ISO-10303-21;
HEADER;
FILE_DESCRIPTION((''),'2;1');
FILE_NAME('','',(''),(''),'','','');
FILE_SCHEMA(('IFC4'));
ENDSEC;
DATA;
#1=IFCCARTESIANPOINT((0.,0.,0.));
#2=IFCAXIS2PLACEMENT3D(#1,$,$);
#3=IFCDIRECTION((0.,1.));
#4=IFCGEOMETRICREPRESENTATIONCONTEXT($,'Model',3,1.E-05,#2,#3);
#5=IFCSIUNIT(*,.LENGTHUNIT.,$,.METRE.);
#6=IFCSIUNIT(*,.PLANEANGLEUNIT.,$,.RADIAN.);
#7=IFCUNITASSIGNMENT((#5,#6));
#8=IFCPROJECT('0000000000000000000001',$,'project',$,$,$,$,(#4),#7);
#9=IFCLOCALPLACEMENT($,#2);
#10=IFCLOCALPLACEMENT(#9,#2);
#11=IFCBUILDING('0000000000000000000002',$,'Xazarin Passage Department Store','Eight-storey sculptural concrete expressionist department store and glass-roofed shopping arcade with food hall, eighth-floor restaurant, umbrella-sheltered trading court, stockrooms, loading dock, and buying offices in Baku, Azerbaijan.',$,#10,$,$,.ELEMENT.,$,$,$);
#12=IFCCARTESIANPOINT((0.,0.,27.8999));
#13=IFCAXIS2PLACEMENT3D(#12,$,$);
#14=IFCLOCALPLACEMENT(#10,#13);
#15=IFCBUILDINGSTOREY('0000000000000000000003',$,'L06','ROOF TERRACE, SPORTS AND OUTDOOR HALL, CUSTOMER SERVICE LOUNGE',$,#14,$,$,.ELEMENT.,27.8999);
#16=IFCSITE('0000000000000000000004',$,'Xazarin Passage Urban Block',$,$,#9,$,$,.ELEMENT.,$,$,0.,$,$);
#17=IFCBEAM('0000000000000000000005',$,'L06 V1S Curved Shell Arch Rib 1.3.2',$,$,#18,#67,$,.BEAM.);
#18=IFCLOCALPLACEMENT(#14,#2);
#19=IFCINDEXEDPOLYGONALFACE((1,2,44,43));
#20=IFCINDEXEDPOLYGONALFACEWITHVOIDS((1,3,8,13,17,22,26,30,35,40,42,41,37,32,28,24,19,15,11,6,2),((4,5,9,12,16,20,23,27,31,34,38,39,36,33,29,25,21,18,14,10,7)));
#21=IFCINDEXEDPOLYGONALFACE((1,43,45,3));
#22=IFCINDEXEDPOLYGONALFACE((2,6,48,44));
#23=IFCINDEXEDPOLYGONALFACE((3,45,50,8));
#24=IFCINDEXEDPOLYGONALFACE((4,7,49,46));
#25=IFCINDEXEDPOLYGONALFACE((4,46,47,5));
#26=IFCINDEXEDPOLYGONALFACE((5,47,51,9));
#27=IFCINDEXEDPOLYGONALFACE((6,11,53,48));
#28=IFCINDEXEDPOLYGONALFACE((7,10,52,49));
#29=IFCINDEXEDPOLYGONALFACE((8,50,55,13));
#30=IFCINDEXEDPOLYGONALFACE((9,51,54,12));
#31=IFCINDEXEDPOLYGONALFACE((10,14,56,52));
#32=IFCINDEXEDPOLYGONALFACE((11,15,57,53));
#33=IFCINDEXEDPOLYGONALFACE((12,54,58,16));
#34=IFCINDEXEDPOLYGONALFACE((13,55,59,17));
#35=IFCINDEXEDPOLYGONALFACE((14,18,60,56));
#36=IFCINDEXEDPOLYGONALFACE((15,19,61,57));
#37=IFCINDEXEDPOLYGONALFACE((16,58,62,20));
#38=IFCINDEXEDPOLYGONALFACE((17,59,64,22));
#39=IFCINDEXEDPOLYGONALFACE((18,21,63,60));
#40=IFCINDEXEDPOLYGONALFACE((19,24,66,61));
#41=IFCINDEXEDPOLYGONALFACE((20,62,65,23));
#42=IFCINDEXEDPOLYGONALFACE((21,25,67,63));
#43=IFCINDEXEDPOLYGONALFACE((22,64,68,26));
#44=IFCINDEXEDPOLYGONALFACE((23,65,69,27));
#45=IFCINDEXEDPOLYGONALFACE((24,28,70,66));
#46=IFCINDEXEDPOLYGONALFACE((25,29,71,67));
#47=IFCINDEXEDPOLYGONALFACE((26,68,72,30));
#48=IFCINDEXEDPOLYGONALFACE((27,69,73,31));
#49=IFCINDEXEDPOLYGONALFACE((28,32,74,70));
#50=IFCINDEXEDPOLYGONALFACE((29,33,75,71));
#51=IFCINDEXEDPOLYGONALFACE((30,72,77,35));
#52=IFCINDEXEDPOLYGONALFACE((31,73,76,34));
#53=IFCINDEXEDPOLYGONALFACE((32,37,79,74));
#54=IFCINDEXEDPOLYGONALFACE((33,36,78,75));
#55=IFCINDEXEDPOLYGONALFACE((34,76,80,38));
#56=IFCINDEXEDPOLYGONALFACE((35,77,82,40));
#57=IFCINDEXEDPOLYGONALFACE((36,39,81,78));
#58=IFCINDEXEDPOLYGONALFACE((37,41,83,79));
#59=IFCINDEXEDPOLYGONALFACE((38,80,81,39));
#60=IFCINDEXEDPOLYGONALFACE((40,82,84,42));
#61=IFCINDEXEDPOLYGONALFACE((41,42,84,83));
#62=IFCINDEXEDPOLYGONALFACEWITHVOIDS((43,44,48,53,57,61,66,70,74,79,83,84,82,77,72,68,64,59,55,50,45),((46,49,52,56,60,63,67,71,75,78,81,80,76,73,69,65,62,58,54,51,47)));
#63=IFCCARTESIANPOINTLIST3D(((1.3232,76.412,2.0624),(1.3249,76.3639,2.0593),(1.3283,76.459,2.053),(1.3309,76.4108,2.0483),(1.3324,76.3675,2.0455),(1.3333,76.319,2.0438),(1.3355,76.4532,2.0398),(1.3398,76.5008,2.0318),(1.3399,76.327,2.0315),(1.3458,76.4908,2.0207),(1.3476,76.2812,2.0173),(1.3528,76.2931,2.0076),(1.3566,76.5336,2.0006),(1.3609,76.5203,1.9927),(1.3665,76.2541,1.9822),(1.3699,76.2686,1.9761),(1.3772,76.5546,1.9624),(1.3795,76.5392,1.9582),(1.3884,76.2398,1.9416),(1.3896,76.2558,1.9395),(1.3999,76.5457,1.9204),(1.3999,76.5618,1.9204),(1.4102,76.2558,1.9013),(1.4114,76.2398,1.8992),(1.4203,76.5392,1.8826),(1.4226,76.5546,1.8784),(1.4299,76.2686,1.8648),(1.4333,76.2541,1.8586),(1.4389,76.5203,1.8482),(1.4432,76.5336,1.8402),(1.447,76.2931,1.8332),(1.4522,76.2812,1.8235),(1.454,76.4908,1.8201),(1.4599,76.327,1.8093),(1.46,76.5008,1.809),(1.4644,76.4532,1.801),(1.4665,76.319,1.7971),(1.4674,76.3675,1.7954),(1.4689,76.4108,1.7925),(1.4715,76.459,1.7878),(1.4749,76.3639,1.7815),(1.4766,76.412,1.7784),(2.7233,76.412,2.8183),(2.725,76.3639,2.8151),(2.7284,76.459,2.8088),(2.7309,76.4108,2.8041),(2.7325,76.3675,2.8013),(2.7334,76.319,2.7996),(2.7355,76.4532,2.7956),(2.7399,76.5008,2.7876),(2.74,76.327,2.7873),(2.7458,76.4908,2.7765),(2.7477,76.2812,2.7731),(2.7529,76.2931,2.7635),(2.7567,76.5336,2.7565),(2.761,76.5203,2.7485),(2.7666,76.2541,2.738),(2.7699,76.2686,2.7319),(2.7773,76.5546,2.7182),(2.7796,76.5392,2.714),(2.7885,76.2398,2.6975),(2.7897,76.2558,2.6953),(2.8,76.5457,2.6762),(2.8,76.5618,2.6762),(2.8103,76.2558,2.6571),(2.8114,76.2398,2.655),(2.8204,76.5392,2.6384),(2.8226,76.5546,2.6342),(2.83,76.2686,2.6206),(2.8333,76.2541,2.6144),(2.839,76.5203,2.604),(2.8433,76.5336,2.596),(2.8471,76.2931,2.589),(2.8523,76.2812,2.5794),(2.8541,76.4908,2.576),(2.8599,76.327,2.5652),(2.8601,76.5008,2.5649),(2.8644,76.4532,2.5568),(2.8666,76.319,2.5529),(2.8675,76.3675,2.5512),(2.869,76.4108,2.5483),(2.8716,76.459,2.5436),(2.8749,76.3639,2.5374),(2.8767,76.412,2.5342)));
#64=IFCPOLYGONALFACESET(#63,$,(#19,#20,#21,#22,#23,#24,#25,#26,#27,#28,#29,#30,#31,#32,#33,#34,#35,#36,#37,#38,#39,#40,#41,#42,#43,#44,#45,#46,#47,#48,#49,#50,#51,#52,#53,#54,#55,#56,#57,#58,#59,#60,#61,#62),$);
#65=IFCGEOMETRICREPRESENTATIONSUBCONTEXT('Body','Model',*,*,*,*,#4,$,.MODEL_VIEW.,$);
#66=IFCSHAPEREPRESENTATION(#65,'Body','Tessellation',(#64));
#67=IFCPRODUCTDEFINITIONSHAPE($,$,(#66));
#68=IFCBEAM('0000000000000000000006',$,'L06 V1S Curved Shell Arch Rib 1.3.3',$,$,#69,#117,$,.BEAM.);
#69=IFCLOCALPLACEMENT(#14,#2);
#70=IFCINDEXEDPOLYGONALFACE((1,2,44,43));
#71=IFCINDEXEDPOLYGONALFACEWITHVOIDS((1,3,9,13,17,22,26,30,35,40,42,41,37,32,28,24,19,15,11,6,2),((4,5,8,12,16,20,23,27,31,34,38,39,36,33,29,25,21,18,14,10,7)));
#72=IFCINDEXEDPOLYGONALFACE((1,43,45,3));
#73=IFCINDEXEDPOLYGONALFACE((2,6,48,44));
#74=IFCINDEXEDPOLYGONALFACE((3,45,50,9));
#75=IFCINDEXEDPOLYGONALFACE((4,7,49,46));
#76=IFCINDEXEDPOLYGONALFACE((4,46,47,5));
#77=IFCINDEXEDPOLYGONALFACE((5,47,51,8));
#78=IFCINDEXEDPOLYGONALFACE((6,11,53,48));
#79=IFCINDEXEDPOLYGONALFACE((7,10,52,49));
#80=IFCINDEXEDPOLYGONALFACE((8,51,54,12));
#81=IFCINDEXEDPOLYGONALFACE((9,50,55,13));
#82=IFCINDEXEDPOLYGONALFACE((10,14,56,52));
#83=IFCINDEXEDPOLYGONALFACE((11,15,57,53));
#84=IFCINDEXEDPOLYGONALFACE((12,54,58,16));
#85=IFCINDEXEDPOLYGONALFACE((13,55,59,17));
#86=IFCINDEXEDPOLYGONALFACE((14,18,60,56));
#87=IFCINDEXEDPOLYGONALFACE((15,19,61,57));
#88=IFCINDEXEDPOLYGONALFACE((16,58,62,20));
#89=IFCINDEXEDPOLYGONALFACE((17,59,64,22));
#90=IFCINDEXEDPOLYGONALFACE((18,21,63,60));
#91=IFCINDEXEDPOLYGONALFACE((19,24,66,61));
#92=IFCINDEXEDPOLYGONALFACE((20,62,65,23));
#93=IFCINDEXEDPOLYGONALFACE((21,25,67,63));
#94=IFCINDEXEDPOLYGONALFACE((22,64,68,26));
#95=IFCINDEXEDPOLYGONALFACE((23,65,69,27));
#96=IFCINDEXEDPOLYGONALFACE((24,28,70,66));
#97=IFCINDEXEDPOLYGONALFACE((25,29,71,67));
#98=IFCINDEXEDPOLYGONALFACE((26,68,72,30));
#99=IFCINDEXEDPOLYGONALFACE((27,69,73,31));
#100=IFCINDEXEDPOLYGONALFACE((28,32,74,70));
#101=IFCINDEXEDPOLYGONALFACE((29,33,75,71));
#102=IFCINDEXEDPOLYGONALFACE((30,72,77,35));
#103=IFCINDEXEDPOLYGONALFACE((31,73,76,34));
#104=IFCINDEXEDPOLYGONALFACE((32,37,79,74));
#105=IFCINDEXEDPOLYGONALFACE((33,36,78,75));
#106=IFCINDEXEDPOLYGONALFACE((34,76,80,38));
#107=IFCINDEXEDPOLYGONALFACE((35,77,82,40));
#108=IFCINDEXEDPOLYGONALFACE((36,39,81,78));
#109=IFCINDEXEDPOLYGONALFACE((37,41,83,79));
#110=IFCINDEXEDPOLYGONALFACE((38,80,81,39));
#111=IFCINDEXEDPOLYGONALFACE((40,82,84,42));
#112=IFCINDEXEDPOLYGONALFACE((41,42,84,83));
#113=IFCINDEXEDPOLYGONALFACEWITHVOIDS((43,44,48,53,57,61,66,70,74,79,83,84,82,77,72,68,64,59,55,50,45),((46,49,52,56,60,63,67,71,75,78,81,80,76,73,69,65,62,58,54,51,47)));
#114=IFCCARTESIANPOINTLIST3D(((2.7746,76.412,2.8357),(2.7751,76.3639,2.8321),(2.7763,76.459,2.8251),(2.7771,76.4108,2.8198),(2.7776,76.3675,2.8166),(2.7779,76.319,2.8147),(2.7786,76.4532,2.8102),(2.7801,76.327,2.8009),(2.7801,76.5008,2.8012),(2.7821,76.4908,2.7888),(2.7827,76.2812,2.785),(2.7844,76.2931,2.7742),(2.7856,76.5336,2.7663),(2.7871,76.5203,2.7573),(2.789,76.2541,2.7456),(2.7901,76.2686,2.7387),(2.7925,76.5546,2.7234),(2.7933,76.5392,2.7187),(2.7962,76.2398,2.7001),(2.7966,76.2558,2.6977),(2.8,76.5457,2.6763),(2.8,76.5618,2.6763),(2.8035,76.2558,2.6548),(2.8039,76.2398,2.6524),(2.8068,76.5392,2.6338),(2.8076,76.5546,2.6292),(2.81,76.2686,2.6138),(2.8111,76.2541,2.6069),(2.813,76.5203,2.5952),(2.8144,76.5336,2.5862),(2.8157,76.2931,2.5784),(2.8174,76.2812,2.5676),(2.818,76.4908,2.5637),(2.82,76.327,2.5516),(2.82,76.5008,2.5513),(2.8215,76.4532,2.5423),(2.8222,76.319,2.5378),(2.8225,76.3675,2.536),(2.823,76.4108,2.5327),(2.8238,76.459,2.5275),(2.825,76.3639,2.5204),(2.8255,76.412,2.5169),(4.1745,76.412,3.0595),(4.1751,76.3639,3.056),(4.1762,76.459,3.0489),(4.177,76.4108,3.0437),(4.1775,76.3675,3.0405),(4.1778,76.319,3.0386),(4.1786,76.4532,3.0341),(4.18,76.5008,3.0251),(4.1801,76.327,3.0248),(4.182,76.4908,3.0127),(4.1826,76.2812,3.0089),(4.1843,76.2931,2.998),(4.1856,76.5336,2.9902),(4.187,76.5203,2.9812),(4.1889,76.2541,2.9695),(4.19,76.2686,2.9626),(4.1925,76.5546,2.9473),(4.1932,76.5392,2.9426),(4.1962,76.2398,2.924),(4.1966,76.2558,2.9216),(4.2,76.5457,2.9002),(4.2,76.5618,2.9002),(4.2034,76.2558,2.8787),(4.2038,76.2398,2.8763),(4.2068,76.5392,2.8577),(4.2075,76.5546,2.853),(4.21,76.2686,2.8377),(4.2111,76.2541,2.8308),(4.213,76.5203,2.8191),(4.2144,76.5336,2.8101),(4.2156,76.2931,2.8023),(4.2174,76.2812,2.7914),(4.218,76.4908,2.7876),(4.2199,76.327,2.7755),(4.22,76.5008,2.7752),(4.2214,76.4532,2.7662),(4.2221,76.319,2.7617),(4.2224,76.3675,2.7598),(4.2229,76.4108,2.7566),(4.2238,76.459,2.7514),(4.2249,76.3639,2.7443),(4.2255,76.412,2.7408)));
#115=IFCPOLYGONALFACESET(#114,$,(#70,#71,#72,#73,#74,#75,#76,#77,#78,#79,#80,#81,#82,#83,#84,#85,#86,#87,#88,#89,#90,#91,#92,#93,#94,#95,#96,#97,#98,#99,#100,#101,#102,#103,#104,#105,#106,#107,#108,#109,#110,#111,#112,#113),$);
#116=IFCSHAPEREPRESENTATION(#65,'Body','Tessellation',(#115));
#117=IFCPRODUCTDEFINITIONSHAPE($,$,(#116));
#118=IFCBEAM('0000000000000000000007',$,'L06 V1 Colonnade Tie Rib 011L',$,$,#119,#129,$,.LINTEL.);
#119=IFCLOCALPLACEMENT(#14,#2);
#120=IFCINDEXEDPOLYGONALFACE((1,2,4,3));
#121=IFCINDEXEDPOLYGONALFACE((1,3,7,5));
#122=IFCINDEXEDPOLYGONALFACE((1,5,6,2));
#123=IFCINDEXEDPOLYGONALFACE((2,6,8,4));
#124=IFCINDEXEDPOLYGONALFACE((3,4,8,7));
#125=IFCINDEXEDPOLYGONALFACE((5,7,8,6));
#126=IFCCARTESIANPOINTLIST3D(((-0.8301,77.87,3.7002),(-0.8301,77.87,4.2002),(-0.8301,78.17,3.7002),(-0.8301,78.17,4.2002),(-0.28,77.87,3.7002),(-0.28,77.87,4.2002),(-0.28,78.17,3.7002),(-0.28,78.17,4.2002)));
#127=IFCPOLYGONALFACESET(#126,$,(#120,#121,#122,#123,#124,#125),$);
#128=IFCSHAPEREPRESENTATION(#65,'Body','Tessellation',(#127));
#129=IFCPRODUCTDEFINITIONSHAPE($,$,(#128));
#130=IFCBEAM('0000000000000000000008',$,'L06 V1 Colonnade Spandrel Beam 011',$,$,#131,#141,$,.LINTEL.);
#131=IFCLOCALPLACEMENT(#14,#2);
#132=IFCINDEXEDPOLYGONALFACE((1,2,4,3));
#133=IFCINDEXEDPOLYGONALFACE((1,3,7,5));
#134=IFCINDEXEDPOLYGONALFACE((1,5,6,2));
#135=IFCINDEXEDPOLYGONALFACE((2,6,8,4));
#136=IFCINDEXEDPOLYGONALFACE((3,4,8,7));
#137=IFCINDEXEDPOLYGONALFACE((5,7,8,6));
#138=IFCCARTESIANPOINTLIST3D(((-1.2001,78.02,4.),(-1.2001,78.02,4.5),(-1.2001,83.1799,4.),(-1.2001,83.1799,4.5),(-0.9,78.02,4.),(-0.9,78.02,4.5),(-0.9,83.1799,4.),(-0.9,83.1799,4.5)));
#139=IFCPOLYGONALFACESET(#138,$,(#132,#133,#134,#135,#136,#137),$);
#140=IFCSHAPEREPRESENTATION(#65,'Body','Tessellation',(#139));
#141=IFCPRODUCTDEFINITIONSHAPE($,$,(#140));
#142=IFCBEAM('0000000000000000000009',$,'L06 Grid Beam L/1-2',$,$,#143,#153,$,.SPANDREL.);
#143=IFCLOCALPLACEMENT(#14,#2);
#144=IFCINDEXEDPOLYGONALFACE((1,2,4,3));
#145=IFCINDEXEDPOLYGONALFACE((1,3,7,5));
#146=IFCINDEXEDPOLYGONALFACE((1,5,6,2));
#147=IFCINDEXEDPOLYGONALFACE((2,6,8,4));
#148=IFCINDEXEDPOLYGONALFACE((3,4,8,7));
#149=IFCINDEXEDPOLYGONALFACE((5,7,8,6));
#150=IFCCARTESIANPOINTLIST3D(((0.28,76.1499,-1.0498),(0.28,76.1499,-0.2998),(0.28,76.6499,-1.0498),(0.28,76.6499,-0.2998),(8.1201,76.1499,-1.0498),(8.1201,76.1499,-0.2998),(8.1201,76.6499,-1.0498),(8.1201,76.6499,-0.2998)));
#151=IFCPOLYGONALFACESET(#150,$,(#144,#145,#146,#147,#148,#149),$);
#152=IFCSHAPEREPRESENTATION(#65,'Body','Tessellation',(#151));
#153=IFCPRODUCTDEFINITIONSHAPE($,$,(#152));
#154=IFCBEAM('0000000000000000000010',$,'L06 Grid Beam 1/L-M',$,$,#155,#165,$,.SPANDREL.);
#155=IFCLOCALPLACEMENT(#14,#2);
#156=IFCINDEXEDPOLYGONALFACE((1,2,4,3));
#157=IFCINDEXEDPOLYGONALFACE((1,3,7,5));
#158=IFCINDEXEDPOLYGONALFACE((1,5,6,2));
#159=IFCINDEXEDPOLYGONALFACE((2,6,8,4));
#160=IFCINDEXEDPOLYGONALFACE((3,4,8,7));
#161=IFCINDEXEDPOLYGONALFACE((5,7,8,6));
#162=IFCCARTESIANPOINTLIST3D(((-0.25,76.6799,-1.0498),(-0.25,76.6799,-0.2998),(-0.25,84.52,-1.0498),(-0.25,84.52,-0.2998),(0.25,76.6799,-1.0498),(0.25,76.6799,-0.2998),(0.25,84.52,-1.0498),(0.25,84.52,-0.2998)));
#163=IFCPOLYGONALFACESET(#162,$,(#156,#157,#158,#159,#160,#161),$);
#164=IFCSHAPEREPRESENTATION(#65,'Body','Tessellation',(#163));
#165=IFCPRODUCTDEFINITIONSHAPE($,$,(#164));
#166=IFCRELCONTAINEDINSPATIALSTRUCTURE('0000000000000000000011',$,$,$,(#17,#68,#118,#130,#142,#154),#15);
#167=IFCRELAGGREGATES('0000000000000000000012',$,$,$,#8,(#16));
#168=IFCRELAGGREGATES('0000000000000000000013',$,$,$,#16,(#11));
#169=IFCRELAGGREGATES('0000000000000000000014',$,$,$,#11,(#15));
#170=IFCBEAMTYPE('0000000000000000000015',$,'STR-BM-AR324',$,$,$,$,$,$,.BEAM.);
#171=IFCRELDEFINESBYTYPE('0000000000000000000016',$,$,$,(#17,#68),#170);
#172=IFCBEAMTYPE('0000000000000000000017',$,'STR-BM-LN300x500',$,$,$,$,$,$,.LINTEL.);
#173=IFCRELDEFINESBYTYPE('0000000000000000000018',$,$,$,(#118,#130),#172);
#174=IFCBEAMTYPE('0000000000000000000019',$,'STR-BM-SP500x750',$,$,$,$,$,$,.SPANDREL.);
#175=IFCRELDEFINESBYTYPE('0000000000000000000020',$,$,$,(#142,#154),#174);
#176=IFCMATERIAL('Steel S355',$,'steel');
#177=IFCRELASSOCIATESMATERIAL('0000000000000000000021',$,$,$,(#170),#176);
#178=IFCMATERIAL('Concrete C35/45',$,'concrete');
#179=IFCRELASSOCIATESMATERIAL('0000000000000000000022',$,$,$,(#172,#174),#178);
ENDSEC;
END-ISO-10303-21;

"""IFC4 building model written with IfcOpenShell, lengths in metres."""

from ifc_helpers import new_model, si_unit, direction, frame, origin, origin_2d, place, context, subcontext, project, spatial, rectangle, hollow_circle, extrude, material, material_profile, profile_set, type_object, element, save


model = new_model("IFC4")

# Units and contexts
model_context = context("Model", 3, precision=1e-05, world=origin(), true_north=direction((0.0, 1.0)))
body_context = subcontext(model_context, "Body", "Model", "MODEL_VIEW")
ifc_project = project(units=[si_unit("LENGTHUNIT", "METRE"), si_unit("PLANEANGLEUNIT", "RADIAN")], contexts=[model_context])

# Site, building, storey
site_placement = place(None, origin())
site = spatial("IfcSite", under=ifc_project, at=site_placement, Name="Xazarin Passage Urban Block", CompositionType="ELEMENT", RefElevation=0.0)
building_placement = place(site_placement, origin())
building = spatial("IfcBuilding", under=site, at=building_placement, Name="Xazarin Passage Department Store", Description="Eight-storey sculptural concrete expressionist department store and glass-roofed shopping arcade with food hall, eighth-floor restaurant, umbrella-sheltered trading court, stockrooms, loading dock, and buying offices in Baku, Azerbaijan.", CompositionType="ELEMENT")
storey_placement = place(building_placement, frame((0.0, 0.0, 27.8999)))
storey = spatial("IfcBuildingStorey", under=building, at=storey_placement, Name="L06", Description="ROOF TERRACE, SPORTS AND OUTDOOR HALL, CUSTOMER SERVICE LOUNGE", CompositionType="ELEMENT", Elevation=27.8999)

# Beams
ifc_material_1 = material(Name="Steel S355", Category="steel")
ifc_material_profile_1 = material_profile(ifc_material_1, hollow_circle(Radius=0.1619, WallThickness=0.0161, at=origin_2d()), Name="CHS 323.9x16")
ifc_profile_set_1 = profile_set([ifc_material_profile_1], Name="Steel S355")
beam_type_1 = type_object("IfcBeamType", Name="STR-BM-AR324", PredefinedType="BEAM", material=ifc_profile_set_1)
beam_1_placement = place(storey_placement, frame((1.3999, 76.3999, 1.9204), z_axis=(0.879963, 0.0, 0.475042), x_axis=(0.0, 1.0, 0.0)))
element("IfcBeam", 1, at=beam_1_placement, inside=storey, type_object=beam_type_1, Name="L06 V1S Curved Shell Arch Rib 1.3.2", PredefinedType="BEAM", context=body_context, shape_type="SweptSolid", body=[
    extrude(hollow_circle(Radius=0.1619, WallThickness=0.0161, at=origin_2d()), origin(), (0.0, 0.0, 1.0), 1.5911),
])
beam_2_placement = place(storey_placement, frame((2.8, 76.3999, 2.6763), z_axis=(0.987452, 0.0, 0.157917), x_axis=(0.0, 1.0, 0.0)))
element("IfcBeam", 2, at=beam_2_placement, inside=storey, type_object=beam_type_1, Name="L06 V1S Curved Shell Arch Rib 1.3.3", PredefinedType="BEAM", context=body_context, shape_type="SweptSolid", body=[
    extrude(hollow_circle(Radius=0.1619, WallThickness=0.0161, at=origin_2d()), origin(), (0.0, 0.0, 1.0), 1.4177),
])
ifc_material_2 = material(Name="Concrete C35/45", Category="concrete")
ifc_material_profile_2 = material_profile(ifc_material_2, rectangle(XDim=0.3, YDim=0.5, at=origin_2d()), Name="RC 300x500")
ifc_profile_set_2 = profile_set([ifc_material_profile_2], Name="Concrete C35/45")
beam_type_2 = type_object("IfcBeamType", Name="STR-BM-LN300x500", PredefinedType="LINTEL", material=ifc_profile_set_2)
beam_3_placement = place(storey_placement, frame((-0.28, 78.02, 3.9502), z_axis=(-1.0, 0.0, 0.0), x_axis=(0.0, -1.0, 0.0)))
element("IfcBeam", 3, at=beam_3_placement, inside=storey, type_object=beam_type_2, Name="L06 V1 Colonnade Tie Rib 011L", PredefinedType="LINTEL", context=body_context, shape_type="SweptSolid", body=[
    extrude(rectangle(XDim=0.3, YDim=0.5, at=origin_2d()), origin(), (0.0, 0.0, 1.0), 0.55),
])
beam_4_placement = place(storey_placement, frame((-1.05, 78.02, 4.25), z_axis=(0.0, 1.0, 0.0), x_axis=(-1.0, 0.0, 0.0)))
element("IfcBeam", 4, at=beam_4_placement, inside=storey, type_object=beam_type_2, Name="L06 V1 Colonnade Spandrel Beam 011", PredefinedType="LINTEL", context=body_context, shape_type="SweptSolid", body=[
    extrude(rectangle(XDim=0.3, YDim=0.5, at=origin_2d()), origin(), (0.0, 0.0, 1.0), 5.1599),
])
ifc_material_profile_3 = material_profile(ifc_material_2, rectangle(XDim=0.5, YDim=0.75, at=origin_2d()), Name="RC 500x750")
ifc_profile_set_3 = profile_set([ifc_material_profile_3], Name="Concrete C35/45")
beam_type_3 = type_object("IfcBeamType", Name="STR-BM-SP500x750", PredefinedType="SPANDREL", material=ifc_profile_set_3)
for number, where, z_axis, x_axis, name in (
    (5, (0.28, 76.3999, -0.6748), (1.0, 0.0, 0.0), (0.0, 1.0, 0.0), "L06 Grid Beam L/1-2"),
    (6, (0.0, 76.6799, -0.6748), (0.0, 1.0, 0.0), (-1.0, 0.0, 0.0), "L06 Grid Beam 1/L-M"),
):
    element("IfcBeam", number, at=place(storey_placement, frame(where, z_axis=z_axis, x_axis=x_axis)), inside=storey, type_object=beam_type_3, Name=name, PredefinedType="SPANDREL", context=body_context, shape_type="SweptSolid", body=[
        extrude(rectangle(XDim=0.5, YDim=0.75, at=origin_2d()), origin(), (0.0, 0.0, 1.0), 7.8401),
    ])

save(model, "model.ifc")
